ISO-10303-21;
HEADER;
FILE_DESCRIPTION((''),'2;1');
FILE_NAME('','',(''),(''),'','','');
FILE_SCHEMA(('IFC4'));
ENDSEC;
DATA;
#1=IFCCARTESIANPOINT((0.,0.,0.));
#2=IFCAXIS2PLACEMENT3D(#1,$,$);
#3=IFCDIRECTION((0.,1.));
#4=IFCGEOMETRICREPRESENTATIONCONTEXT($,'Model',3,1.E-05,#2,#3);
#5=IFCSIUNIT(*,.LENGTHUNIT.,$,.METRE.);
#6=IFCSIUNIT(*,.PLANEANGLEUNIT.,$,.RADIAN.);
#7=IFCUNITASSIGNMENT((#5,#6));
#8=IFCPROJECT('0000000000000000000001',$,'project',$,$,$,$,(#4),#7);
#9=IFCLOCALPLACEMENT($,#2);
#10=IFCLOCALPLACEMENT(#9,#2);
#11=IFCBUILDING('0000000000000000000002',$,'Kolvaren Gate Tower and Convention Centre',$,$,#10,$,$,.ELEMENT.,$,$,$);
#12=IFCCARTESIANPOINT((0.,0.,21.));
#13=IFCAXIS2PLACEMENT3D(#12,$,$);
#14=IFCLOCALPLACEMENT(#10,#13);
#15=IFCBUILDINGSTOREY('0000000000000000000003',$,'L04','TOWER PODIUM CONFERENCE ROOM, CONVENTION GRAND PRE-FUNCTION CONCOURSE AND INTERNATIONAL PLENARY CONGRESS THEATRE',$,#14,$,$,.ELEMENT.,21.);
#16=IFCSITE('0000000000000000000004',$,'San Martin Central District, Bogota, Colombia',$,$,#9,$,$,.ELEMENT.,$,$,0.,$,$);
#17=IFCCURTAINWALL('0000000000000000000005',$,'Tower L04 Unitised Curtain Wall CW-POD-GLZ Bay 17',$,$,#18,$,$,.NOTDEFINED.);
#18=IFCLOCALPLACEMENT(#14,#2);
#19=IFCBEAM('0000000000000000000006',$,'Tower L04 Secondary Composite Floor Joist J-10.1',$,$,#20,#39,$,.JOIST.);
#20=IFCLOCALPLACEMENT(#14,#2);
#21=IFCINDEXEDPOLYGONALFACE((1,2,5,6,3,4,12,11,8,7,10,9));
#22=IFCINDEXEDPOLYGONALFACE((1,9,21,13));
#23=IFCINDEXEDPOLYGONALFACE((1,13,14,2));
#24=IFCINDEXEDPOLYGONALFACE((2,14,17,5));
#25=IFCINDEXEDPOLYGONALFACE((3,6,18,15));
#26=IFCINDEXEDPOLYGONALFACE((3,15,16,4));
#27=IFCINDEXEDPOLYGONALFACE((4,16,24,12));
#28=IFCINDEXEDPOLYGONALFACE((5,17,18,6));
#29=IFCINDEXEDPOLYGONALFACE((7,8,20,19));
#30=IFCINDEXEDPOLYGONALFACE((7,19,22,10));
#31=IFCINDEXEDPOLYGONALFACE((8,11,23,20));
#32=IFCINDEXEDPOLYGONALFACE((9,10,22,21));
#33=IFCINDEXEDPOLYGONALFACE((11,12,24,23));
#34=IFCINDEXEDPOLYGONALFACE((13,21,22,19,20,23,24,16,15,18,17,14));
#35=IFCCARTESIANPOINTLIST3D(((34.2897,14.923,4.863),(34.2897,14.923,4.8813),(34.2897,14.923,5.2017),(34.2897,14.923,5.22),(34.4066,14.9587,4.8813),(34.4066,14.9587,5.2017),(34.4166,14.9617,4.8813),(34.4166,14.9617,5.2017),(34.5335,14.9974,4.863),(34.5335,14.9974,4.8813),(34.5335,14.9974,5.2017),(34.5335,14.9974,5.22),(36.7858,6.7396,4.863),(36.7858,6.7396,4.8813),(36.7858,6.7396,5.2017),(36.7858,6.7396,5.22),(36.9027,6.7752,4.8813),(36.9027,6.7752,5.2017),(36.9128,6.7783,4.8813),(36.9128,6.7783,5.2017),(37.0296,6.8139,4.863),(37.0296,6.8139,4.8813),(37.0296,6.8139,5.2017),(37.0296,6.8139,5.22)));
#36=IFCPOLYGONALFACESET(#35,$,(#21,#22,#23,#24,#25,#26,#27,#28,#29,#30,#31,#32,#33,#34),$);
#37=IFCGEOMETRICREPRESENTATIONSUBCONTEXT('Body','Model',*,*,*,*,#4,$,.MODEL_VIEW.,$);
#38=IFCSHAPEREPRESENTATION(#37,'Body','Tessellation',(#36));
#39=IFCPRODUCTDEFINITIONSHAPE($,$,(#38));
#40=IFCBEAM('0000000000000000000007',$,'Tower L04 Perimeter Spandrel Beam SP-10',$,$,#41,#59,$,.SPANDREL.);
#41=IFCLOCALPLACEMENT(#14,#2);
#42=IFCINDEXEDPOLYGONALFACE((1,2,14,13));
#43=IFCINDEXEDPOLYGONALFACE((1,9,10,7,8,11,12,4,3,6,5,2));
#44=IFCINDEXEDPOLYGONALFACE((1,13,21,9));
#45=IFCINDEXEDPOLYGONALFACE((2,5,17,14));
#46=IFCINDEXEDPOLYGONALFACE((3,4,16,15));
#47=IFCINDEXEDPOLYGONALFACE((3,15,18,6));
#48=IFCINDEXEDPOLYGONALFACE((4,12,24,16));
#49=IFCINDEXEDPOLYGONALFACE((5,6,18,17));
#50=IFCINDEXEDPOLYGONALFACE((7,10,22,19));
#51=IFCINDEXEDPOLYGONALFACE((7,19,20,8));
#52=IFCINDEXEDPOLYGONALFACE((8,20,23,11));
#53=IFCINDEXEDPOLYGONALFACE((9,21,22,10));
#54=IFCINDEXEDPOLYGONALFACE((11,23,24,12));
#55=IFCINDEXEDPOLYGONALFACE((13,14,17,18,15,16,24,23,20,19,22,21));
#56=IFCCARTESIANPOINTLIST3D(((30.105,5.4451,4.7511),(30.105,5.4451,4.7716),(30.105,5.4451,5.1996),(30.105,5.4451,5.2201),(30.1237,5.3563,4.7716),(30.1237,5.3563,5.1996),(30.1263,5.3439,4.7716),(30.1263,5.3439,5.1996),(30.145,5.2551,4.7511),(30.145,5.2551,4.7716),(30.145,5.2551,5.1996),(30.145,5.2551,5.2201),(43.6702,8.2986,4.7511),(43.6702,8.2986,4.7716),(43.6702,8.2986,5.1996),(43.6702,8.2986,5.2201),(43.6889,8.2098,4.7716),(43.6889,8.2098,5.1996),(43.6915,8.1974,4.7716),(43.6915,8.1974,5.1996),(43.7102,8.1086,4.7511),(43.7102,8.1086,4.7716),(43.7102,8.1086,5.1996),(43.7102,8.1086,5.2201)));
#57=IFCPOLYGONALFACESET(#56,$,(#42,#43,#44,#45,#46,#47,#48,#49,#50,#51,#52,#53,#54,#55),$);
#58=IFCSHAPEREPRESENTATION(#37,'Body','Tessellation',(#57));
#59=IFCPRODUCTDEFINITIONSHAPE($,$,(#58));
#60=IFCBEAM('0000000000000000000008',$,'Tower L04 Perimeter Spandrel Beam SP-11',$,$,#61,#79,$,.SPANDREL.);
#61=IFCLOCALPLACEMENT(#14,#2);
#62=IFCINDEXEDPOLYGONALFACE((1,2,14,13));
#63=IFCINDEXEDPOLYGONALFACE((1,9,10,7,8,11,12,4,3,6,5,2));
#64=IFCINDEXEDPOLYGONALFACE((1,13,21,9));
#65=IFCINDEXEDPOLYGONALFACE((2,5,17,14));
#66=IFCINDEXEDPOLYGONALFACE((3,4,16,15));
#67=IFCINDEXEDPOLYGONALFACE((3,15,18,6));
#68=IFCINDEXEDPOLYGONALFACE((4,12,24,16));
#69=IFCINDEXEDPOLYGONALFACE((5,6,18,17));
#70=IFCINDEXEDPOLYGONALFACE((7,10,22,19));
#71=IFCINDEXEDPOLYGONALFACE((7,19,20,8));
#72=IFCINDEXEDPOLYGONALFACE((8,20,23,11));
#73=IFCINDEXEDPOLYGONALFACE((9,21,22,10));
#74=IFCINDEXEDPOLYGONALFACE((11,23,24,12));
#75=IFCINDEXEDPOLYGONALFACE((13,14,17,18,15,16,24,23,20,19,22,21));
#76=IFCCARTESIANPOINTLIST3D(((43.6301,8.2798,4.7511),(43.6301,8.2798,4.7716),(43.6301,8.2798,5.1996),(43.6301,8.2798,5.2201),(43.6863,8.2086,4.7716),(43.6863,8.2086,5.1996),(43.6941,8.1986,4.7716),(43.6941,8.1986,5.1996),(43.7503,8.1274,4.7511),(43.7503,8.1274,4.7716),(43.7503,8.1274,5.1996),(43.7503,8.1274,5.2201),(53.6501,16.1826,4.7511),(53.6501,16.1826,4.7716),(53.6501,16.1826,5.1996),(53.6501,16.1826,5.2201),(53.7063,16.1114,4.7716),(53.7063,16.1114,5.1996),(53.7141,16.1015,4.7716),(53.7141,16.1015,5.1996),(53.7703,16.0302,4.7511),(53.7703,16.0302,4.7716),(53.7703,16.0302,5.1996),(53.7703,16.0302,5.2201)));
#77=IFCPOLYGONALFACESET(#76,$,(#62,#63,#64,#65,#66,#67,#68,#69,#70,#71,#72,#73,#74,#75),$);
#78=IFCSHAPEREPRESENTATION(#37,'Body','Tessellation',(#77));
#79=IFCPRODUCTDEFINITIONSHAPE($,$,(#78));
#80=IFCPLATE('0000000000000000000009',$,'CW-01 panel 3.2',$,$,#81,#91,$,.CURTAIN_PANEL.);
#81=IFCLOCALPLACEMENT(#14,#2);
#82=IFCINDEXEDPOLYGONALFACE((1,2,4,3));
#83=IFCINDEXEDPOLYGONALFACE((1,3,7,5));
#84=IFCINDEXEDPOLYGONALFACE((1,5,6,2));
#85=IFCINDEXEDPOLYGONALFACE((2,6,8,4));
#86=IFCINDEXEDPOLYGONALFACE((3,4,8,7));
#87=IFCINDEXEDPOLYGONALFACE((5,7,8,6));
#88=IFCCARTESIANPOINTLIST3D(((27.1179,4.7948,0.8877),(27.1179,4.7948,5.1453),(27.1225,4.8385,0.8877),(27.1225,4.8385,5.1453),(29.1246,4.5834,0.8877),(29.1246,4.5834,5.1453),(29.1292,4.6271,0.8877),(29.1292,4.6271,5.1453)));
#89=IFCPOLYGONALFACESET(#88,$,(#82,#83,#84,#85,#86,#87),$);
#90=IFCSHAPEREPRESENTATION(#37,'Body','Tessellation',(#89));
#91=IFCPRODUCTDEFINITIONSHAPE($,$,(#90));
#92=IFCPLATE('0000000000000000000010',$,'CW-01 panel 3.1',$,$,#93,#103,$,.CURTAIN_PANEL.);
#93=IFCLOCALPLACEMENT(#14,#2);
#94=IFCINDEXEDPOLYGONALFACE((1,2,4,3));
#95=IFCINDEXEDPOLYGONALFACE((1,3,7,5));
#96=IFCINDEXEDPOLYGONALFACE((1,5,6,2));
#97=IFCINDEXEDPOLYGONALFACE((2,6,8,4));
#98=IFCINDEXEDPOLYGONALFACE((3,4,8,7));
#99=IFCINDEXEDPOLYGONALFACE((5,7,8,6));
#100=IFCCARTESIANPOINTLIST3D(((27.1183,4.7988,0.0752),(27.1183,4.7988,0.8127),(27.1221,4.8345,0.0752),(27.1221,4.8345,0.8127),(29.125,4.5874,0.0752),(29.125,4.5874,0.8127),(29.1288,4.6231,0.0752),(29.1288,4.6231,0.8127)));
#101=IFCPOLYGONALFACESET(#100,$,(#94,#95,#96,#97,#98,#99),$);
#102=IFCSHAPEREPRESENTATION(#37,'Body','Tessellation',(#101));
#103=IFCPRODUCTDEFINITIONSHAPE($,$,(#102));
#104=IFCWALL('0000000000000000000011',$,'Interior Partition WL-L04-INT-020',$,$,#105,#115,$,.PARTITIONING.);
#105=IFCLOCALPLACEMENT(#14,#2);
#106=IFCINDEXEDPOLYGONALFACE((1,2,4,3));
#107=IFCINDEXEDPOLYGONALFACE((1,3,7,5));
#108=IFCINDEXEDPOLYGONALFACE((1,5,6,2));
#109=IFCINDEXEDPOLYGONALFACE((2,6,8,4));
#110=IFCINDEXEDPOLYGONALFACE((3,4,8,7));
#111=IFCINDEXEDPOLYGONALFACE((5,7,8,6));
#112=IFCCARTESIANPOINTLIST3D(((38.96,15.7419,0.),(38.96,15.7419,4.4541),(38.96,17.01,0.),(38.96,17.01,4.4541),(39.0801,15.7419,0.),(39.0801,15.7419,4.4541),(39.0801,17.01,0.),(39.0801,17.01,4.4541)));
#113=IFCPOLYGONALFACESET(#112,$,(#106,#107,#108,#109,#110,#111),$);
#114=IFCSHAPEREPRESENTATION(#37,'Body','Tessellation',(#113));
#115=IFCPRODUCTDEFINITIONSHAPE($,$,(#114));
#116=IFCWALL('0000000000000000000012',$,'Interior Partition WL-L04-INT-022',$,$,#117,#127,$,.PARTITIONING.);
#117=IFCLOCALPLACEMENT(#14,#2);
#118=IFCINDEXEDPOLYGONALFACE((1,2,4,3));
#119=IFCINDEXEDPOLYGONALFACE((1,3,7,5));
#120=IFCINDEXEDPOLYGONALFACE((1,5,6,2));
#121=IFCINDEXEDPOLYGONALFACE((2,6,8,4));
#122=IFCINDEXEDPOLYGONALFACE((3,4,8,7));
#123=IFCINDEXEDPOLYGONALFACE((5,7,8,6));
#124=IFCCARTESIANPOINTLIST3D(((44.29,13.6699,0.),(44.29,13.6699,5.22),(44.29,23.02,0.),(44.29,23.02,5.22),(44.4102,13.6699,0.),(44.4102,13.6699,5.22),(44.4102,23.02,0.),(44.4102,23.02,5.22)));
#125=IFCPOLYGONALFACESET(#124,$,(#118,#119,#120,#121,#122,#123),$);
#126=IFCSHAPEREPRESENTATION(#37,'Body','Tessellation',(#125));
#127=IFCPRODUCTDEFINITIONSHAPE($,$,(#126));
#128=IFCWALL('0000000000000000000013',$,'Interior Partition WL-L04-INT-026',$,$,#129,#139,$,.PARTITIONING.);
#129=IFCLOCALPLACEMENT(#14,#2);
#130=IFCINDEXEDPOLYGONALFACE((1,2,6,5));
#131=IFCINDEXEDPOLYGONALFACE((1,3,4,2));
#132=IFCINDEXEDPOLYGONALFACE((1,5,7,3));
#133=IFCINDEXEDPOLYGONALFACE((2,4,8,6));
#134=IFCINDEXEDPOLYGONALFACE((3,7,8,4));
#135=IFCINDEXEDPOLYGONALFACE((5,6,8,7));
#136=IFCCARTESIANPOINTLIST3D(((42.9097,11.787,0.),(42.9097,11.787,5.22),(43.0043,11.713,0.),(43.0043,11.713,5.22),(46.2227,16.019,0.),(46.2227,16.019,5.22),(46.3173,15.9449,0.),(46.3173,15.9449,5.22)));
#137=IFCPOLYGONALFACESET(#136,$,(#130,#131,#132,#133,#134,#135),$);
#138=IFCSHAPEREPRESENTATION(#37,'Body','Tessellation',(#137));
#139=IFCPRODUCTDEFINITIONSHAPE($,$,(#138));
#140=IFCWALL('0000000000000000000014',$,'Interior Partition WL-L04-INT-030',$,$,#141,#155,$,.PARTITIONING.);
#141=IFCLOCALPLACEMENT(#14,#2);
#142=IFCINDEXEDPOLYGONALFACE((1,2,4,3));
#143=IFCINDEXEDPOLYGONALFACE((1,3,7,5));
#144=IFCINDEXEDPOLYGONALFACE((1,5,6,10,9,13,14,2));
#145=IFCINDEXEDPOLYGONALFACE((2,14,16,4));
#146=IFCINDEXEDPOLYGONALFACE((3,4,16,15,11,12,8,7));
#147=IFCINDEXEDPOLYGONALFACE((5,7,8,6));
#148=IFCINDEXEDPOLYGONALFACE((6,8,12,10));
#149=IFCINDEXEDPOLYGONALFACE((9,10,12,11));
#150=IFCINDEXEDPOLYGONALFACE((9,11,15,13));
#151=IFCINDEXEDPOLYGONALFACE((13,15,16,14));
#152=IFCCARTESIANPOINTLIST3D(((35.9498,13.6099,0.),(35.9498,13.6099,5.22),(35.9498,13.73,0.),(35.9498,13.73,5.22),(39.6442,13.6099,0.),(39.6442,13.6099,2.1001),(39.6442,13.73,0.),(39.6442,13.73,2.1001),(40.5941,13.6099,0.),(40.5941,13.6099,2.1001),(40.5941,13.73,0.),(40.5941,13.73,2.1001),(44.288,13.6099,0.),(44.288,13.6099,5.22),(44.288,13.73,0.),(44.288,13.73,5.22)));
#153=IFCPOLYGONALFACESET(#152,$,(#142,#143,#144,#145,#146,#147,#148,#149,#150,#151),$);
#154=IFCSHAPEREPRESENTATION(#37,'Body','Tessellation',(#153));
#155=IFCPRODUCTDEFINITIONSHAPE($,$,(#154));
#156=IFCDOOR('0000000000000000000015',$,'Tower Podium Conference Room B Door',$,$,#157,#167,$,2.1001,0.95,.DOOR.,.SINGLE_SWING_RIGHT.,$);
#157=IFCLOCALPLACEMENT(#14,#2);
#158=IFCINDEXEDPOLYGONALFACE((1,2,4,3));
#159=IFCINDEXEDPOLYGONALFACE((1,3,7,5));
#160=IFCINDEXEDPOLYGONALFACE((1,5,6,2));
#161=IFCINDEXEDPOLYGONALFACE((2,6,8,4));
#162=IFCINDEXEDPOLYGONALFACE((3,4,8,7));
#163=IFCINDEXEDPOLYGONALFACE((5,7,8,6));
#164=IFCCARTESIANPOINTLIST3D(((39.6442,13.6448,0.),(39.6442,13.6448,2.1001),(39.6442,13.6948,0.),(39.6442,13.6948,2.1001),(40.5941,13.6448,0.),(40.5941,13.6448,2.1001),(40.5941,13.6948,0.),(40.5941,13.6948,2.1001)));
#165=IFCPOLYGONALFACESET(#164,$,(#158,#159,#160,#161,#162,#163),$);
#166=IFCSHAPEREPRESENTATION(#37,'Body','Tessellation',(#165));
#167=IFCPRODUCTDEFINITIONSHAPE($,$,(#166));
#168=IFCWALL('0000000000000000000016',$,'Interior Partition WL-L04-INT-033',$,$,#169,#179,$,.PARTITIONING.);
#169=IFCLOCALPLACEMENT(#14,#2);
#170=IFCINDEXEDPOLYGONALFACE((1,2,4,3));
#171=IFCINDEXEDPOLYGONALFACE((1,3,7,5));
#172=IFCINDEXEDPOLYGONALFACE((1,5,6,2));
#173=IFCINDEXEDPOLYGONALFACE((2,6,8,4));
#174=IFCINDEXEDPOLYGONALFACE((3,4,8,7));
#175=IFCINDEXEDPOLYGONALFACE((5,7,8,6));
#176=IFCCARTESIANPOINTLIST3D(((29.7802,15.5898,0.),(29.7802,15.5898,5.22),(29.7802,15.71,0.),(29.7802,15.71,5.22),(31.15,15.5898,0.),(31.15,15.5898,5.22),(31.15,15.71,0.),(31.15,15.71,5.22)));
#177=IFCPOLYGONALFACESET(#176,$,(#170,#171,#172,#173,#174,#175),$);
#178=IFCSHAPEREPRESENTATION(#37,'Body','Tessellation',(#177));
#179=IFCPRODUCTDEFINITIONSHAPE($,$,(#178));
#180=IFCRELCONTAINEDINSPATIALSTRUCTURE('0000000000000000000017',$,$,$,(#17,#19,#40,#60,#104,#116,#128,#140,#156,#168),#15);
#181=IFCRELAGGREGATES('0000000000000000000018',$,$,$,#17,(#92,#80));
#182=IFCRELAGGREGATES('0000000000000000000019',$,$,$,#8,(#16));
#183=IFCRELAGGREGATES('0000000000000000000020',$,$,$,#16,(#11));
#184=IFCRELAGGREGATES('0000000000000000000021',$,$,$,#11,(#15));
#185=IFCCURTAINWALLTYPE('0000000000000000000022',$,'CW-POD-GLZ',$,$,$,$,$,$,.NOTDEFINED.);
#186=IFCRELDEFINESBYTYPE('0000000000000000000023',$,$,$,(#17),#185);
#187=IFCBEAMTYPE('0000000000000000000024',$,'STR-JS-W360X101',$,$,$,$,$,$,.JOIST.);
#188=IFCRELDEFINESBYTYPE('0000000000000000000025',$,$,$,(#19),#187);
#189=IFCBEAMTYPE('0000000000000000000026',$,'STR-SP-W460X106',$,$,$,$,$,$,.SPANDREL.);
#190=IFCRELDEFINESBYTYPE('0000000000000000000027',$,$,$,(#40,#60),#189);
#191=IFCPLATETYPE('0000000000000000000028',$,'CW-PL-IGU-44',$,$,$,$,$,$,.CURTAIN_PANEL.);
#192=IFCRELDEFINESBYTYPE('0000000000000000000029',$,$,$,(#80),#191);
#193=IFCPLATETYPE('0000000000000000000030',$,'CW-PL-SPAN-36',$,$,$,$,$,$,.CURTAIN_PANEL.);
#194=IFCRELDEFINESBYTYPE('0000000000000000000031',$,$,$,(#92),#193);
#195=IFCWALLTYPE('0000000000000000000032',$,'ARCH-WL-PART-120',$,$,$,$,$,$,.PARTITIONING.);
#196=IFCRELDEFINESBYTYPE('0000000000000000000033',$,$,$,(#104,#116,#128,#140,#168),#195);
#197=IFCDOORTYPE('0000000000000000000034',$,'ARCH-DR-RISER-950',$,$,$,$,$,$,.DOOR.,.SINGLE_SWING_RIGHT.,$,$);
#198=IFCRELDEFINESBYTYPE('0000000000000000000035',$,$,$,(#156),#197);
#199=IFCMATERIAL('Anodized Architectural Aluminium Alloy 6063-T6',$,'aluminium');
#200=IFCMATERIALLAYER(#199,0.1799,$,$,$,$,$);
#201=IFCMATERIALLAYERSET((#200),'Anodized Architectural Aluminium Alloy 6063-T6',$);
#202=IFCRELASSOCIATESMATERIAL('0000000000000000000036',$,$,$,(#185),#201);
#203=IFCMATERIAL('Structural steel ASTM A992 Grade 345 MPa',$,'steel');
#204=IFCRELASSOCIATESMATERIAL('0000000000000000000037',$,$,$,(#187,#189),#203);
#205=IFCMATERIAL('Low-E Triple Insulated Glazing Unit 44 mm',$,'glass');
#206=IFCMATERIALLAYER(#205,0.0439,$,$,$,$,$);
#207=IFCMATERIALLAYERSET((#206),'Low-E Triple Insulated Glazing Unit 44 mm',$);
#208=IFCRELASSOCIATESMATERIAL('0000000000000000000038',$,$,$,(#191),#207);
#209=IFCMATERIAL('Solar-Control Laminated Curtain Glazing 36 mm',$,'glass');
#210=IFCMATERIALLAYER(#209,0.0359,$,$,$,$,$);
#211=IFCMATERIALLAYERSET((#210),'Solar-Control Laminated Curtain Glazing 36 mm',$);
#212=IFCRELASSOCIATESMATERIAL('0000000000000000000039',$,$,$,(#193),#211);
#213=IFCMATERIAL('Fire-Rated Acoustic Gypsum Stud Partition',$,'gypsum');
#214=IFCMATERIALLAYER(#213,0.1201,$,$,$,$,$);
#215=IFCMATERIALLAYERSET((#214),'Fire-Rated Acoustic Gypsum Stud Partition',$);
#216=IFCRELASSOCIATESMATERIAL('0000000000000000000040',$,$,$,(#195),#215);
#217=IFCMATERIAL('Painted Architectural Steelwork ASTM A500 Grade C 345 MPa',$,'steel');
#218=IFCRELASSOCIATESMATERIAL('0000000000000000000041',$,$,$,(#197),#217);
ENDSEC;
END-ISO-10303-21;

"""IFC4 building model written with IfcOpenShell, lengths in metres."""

from ifc_helpers import new_model, si_unit, direction, frame, frame_2d, origin, origin_2d, place, context, subcontext, project, spatial, rectangle, i_section, extrude, material, layer, layer_set, material_profile, profile_set, type_object, element, fill, aggregate, save


model = new_model("IFC4")

# Units and contexts
model_context = context("Model", 3, precision=1e-05, world=origin(), true_north=direction((0.0, 1.0)))
body_context = subcontext(model_context, "Body", "Model", "MODEL_VIEW")
ifc_project = project(units=[si_unit("LENGTHUNIT", "METRE"), si_unit("PLANEANGLEUNIT", "RADIAN")], contexts=[model_context])

# Site, building, storey
site_placement = place(None, origin())
site = spatial("IfcSite", under=ifc_project, at=site_placement, Name="San Martin Central District, Bogota, Colombia", CompositionType="ELEMENT", RefElevation=0.0)
building_placement = place(site_placement, origin())
building = spatial("IfcBuilding", under=site, at=building_placement, Name="Kolvaren Gate Tower and Convention Centre", CompositionType="ELEMENT")
storey_placement = place(building_placement, frame((0.0, 0.0, 21.0)))
storey = spatial("IfcBuildingStorey", under=building, at=storey_placement, Name="L04", Description="TOWER PODIUM CONFERENCE ROOM, CONVENTION GRAND PRE-FUNCTION CONCOURSE AND INTERNATIONAL PLENARY CONGRESS THEATRE", CompositionType="ELEMENT", Elevation=21.0)

# Curtain wall
ifc_material_1 = material(Name="Anodized Architectural Aluminium Alloy 6063-T6", Category="aluminium")
ifc_layer_1 = layer(ifc_material_1, 0.1799)
ifc_layer_set_1 = layer_set([ifc_layer_1], Name="Anodized Architectural Aluminium Alloy 6063-T6")
curtain_wall_type = type_object("IfcCurtainWallType", Name="CW-POD-GLZ", PredefinedType="NOTDEFINED", material=ifc_layer_set_1)
curtain_wall_placement = place(storey_placement, origin())
curtain_wall = element("IfcCurtainWall", 1, at=curtain_wall_placement, inside=storey, type_object=curtain_wall_type, Name="Tower L04 Unitised Curtain Wall CW-POD-GLZ Bay 17", PredefinedType="NOTDEFINED")

# Beams
ifc_material_2 = material(Name="Structural steel ASTM A992 Grade 345 MPa", Category="steel")
ifc_material_profile_1 = material_profile(ifc_material_2, i_section(OverallWidth=0.2549, OverallDepth=0.3569, WebThickness=0.0105, FlangeThickness=0.0183, at=origin_2d()), Name="W360X101")
ifc_profile_set_1 = profile_set([ifc_material_profile_1], Name="Structural steel ASTM A992 Grade 345 MPa")
beam_type_1 = type_object("IfcBeamType", Name="STR-JS-W360X101", PredefinedType="JOIST", material=ifc_profile_set_1)
beam_1_placement = place(storey_placement, frame((34.4116, 14.9602, 5.0415), z_axis=(0.291751, -0.956494, 0.0), x_axis=(0.956494, 0.291751, 0.0)))
element("IfcBeam", 2, at=beam_1_placement, inside=storey, type_object=beam_type_1, Name="Tower L04 Secondary Composite Floor Joist J-10.1", PredefinedType="JOIST", context=body_context, shape_type="SweptSolid", body=[
    extrude(i_section(OverallWidth=0.2549, OverallDepth=0.3569, WebThickness=0.0105, FlangeThickness=0.0183, at=origin_2d()), origin(), (0.0, 0.0, 1.0), 8.5557),
])
ifc_material_profile_2 = material_profile(ifc_material_2, i_section(OverallWidth=0.1941, OverallDepth=0.469, WebThickness=0.0127, FlangeThickness=0.0205, at=origin_2d()), Name="W460X106")
ifc_profile_set_2 = profile_set([ifc_material_profile_2], Name="Structural steel ASTM A992 Grade 345 MPa")
beam_type_2 = type_object("IfcBeamType", Name="STR-SP-W460X106", PredefinedType="SPANDREL", material=ifc_profile_set_2)
beam_2_placement = place(storey_placement, frame((30.125, 5.3501, 4.9856), z_axis=(0.978583, 0.205851, 0.0), x_axis=(-0.205851, 0.978583, 0.0)))
element("IfcBeam", 3, at=beam_2_placement, inside=storey, type_object=beam_type_2, Name="Tower L04 Perimeter Spandrel Beam SP-10", PredefinedType="SPANDREL", context=body_context, shape_type="SweptSolid", body=[
    extrude(i_section(OverallWidth=0.1941, OverallDepth=0.469, WebThickness=0.0127, FlangeThickness=0.0205, at=origin_2d()), origin(), (0.0, 0.0, 1.0), 13.8621),
])
beam_3_placement = place(storey_placement, frame((43.6902, 8.2036, 4.9856), z_axis=(0.785176, 0.619272, 0.0), x_axis=(-0.619272, 0.785176, 0.0)))
element("IfcBeam", 4, at=beam_3_placement, inside=storey, type_object=beam_type_2, Name="Tower L04 Perimeter Spandrel Beam SP-11", PredefinedType="SPANDREL", context=body_context, shape_type="SweptSolid", body=[
    extrude(i_section(OverallWidth=0.1941, OverallDepth=0.469, WebThickness=0.0127, FlangeThickness=0.0205, at=origin_2d()), origin(), (0.0, 0.0, 1.0), 12.7615),
])

# Plates
ifc_material_3 = material(Name="Low-E Triple Insulated Glazing Unit 44 mm", Category="glass")
ifc_layer_2 = layer(ifc_material_3, 0.0439)
ifc_layer_set_2 = layer_set([ifc_layer_2], Name="Low-E Triple Insulated Glazing Unit 44 mm")
plate_type_1 = type_object("IfcPlateType", Name="CW-PL-IGU-44", PredefinedType="CURTAIN_PANEL", material=ifc_layer_set_2)
plate_1_placement = place(storey_placement, frame((28.1235, 4.7109, 0.8877), z_axis=(0.0, 0.0, 1.0), x_axis=(0.994499, -0.104742, 0.0)))
plate_1 = element("IfcPlate", 5, at=plate_1_placement, type_object=plate_type_1, Name="CW-01 panel 3.2", PredefinedType="CURTAIN_PANEL", context=body_context, shape_type="SweptSolid", body=[
    extrude(rectangle(XDim=2.0178, YDim=0.0439, at=origin_2d()), origin(), (0.0, 0.0, 1.0), 4.2576),
])
ifc_material_4 = material(Name="Solar-Control Laminated Curtain Glazing 36 mm", Category="glass")
ifc_layer_3 = layer(ifc_material_4, 0.0359)
ifc_layer_set_3 = layer_set([ifc_layer_3], Name="Solar-Control Laminated Curtain Glazing 36 mm")
plate_type_2 = type_object("IfcPlateType", Name="CW-PL-SPAN-36", PredefinedType="CURTAIN_PANEL", material=ifc_layer_set_3)
plate_2_placement = place(storey_placement, frame((28.1235, 4.7109, 0.0752), z_axis=(0.0, 0.0, 1.0), x_axis=(0.994499, -0.104742, 0.0)))
plate_2 = element("IfcPlate", 6, at=plate_2_placement, type_object=plate_type_2, Name="CW-01 panel 3.1", PredefinedType="CURTAIN_PANEL", context=body_context, shape_type="SweptSolid", body=[
    extrude(rectangle(XDim=2.0178, YDim=0.0359, at=origin_2d()), origin(), (0.0, 0.0, 1.0), 0.7375),
])
aggregate(curtain_wall, [plate_2, plate_1])

# Walls
ifc_material_5 = material(Name="Fire-Rated Acoustic Gypsum Stud Partition", Category="gypsum")
ifc_layer_4 = layer(ifc_material_5, 0.1201)
ifc_layer_set_4 = layer_set([ifc_layer_4], Name="Fire-Rated Acoustic Gypsum Stud Partition")
wall_type_1 = type_object("IfcWallType", Name="ARCH-WL-PART-120", PredefinedType="PARTITIONING", material=ifc_layer_set_4)
wall_1_placement = place(storey_placement, frame((39.02, 15.7419, 0.0), z_axis=(0.0, 0.0, 1.0), x_axis=(0.0, 1.0, 0.0)))
element("IfcWall", 7, at=wall_1_placement, inside=storey, type_object=wall_type_1, Name="Interior Partition WL-L04-INT-020", PredefinedType="PARTITIONING", context=body_context, shape_type="SweptSolid", body=[
    extrude(rectangle(XDim=1.2681, YDim=0.1201, at=frame_2d((0.634, 0.0))), origin(), (0.0, 0.0, 1.0), 4.4541),
])
wall_2_placement = place(storey_placement, frame((44.3501, 13.6699, 0.0), z_axis=(0.0, 0.0, 1.0), x_axis=(0.0, 1.0, 0.0)))
element("IfcWall", 8, at=wall_2_placement, inside=storey, type_object=wall_type_1, Name="Interior Partition WL-L04-INT-022", PredefinedType="PARTITIONING", context=body_context, shape_type="SweptSolid", body=[
    extrude(rectangle(XDim=9.3501, YDim=0.1201, at=frame_2d((4.675, 0.0))), origin(), (0.0, 0.0, 1.0), 5.22),
])
wall_3_placement = place(storey_placement, frame((42.957, 11.75, 0.0), z_axis=(0.0, 0.0, 1.0), x_axis=(0.616428, 0.787411, 0.0)))
element("IfcWall", 9, at=wall_3_placement, inside=storey, type_object=wall_type_1, Name="Interior Partition WL-L04-INT-026", PredefinedType="PARTITIONING", context=body_context, shape_type="SweptSolid", body=[
    extrude(rectangle(XDim=5.3745, YDim=0.1201, at=frame_2d((2.6873, 0.0))), origin(), (0.0, 0.0, 1.0), 5.22),
])

# Wall, opening, door
wall_4_placement = place(storey_placement, frame((35.95, 13.6699, 0.0), z_axis=(0.0, 0.0, 1.0), x_axis=(1.0, 0.0, 0.0)))
wall_4 = element("IfcWall", 10, at=wall_4_placement, inside=storey, type_object=wall_type_1, Name="Interior Partition WL-L04-INT-030", PredefinedType="PARTITIONING", context=body_context, shape_type="SweptSolid", body=[
    extrude(rectangle(XDim=8.3381, YDim=0.1201, at=frame_2d((4.1689, 0.0))), origin(), (0.0, 0.0, 1.0), 5.22),
])
opening_1_placement = place(wall_4_placement, frame((3.6941, 0.0, 0.0)))
opening_1 = element("IfcOpeningElement", 11, at=opening_1_placement, cuts=wall_4, PredefinedType="OPENING", context=body_context, shape_type="SweptSolid", body=[
    extrude(rectangle(XDim=0.95, YDim=2.1001, at=frame_2d((0.4751, 1.05))), frame((0.0, 0.0701, 0.0), z_axis=(0.0, -1.0, 0.0), x_axis=(1.0, 0.0, 0.0)), (0.0, 0.0, 1.0), 0.1401),
])
ifc_material_6 = material(Name="Painted Architectural Steelwork ASTM A500 Grade C 345 MPa", Category="steel")
door_type = type_object("IfcDoorType", Name="ARCH-DR-RISER-950", OperationType="SINGLE_SWING_RIGHT", PredefinedType="DOOR", material=ifc_material_6)
door_placement = place(opening_1_placement, origin())
door = element("IfcDoor", 12, at=door_placement, inside=storey, type_object=door_type, Name="Tower Podium Conference Room B Door", OperationType="SINGLE_SWING_RIGHT", OverallHeight=2.1001, OverallWidth=0.95, PredefinedType="DOOR", context=body_context, shape_type="SweptSolid", body=[
    extrude(rectangle(XDim=0.95, YDim=2.1001, at=frame_2d((0.4751, 1.05))), frame((0.0, 0.0249, 0.0), z_axis=(0.0, -1.0, 0.0), x_axis=(1.0, 0.0, 0.0)), (0.0, 0.0, 1.0), 0.05),
])
fill(opening_1, door)

# Wall
wall_5_placement = place(storey_placement, frame((29.78, 15.6499, 0.0), z_axis=(0.0, 0.0, 1.0), x_axis=(1.0, 0.0, 0.0)))
element("IfcWall", 13, at=wall_5_placement, inside=storey, type_object=wall_type_1, Name="Interior Partition WL-L04-INT-033", PredefinedType="PARTITIONING", context=body_context, shape_type="SweptSolid", body=[
    extrude(rectangle(XDim=1.3699, YDim=0.1201, at=frame_2d((0.6851, 0.0))), origin(), (0.0, 0.0, 1.0), 5.22),
])

save(model, "model.ifc")
